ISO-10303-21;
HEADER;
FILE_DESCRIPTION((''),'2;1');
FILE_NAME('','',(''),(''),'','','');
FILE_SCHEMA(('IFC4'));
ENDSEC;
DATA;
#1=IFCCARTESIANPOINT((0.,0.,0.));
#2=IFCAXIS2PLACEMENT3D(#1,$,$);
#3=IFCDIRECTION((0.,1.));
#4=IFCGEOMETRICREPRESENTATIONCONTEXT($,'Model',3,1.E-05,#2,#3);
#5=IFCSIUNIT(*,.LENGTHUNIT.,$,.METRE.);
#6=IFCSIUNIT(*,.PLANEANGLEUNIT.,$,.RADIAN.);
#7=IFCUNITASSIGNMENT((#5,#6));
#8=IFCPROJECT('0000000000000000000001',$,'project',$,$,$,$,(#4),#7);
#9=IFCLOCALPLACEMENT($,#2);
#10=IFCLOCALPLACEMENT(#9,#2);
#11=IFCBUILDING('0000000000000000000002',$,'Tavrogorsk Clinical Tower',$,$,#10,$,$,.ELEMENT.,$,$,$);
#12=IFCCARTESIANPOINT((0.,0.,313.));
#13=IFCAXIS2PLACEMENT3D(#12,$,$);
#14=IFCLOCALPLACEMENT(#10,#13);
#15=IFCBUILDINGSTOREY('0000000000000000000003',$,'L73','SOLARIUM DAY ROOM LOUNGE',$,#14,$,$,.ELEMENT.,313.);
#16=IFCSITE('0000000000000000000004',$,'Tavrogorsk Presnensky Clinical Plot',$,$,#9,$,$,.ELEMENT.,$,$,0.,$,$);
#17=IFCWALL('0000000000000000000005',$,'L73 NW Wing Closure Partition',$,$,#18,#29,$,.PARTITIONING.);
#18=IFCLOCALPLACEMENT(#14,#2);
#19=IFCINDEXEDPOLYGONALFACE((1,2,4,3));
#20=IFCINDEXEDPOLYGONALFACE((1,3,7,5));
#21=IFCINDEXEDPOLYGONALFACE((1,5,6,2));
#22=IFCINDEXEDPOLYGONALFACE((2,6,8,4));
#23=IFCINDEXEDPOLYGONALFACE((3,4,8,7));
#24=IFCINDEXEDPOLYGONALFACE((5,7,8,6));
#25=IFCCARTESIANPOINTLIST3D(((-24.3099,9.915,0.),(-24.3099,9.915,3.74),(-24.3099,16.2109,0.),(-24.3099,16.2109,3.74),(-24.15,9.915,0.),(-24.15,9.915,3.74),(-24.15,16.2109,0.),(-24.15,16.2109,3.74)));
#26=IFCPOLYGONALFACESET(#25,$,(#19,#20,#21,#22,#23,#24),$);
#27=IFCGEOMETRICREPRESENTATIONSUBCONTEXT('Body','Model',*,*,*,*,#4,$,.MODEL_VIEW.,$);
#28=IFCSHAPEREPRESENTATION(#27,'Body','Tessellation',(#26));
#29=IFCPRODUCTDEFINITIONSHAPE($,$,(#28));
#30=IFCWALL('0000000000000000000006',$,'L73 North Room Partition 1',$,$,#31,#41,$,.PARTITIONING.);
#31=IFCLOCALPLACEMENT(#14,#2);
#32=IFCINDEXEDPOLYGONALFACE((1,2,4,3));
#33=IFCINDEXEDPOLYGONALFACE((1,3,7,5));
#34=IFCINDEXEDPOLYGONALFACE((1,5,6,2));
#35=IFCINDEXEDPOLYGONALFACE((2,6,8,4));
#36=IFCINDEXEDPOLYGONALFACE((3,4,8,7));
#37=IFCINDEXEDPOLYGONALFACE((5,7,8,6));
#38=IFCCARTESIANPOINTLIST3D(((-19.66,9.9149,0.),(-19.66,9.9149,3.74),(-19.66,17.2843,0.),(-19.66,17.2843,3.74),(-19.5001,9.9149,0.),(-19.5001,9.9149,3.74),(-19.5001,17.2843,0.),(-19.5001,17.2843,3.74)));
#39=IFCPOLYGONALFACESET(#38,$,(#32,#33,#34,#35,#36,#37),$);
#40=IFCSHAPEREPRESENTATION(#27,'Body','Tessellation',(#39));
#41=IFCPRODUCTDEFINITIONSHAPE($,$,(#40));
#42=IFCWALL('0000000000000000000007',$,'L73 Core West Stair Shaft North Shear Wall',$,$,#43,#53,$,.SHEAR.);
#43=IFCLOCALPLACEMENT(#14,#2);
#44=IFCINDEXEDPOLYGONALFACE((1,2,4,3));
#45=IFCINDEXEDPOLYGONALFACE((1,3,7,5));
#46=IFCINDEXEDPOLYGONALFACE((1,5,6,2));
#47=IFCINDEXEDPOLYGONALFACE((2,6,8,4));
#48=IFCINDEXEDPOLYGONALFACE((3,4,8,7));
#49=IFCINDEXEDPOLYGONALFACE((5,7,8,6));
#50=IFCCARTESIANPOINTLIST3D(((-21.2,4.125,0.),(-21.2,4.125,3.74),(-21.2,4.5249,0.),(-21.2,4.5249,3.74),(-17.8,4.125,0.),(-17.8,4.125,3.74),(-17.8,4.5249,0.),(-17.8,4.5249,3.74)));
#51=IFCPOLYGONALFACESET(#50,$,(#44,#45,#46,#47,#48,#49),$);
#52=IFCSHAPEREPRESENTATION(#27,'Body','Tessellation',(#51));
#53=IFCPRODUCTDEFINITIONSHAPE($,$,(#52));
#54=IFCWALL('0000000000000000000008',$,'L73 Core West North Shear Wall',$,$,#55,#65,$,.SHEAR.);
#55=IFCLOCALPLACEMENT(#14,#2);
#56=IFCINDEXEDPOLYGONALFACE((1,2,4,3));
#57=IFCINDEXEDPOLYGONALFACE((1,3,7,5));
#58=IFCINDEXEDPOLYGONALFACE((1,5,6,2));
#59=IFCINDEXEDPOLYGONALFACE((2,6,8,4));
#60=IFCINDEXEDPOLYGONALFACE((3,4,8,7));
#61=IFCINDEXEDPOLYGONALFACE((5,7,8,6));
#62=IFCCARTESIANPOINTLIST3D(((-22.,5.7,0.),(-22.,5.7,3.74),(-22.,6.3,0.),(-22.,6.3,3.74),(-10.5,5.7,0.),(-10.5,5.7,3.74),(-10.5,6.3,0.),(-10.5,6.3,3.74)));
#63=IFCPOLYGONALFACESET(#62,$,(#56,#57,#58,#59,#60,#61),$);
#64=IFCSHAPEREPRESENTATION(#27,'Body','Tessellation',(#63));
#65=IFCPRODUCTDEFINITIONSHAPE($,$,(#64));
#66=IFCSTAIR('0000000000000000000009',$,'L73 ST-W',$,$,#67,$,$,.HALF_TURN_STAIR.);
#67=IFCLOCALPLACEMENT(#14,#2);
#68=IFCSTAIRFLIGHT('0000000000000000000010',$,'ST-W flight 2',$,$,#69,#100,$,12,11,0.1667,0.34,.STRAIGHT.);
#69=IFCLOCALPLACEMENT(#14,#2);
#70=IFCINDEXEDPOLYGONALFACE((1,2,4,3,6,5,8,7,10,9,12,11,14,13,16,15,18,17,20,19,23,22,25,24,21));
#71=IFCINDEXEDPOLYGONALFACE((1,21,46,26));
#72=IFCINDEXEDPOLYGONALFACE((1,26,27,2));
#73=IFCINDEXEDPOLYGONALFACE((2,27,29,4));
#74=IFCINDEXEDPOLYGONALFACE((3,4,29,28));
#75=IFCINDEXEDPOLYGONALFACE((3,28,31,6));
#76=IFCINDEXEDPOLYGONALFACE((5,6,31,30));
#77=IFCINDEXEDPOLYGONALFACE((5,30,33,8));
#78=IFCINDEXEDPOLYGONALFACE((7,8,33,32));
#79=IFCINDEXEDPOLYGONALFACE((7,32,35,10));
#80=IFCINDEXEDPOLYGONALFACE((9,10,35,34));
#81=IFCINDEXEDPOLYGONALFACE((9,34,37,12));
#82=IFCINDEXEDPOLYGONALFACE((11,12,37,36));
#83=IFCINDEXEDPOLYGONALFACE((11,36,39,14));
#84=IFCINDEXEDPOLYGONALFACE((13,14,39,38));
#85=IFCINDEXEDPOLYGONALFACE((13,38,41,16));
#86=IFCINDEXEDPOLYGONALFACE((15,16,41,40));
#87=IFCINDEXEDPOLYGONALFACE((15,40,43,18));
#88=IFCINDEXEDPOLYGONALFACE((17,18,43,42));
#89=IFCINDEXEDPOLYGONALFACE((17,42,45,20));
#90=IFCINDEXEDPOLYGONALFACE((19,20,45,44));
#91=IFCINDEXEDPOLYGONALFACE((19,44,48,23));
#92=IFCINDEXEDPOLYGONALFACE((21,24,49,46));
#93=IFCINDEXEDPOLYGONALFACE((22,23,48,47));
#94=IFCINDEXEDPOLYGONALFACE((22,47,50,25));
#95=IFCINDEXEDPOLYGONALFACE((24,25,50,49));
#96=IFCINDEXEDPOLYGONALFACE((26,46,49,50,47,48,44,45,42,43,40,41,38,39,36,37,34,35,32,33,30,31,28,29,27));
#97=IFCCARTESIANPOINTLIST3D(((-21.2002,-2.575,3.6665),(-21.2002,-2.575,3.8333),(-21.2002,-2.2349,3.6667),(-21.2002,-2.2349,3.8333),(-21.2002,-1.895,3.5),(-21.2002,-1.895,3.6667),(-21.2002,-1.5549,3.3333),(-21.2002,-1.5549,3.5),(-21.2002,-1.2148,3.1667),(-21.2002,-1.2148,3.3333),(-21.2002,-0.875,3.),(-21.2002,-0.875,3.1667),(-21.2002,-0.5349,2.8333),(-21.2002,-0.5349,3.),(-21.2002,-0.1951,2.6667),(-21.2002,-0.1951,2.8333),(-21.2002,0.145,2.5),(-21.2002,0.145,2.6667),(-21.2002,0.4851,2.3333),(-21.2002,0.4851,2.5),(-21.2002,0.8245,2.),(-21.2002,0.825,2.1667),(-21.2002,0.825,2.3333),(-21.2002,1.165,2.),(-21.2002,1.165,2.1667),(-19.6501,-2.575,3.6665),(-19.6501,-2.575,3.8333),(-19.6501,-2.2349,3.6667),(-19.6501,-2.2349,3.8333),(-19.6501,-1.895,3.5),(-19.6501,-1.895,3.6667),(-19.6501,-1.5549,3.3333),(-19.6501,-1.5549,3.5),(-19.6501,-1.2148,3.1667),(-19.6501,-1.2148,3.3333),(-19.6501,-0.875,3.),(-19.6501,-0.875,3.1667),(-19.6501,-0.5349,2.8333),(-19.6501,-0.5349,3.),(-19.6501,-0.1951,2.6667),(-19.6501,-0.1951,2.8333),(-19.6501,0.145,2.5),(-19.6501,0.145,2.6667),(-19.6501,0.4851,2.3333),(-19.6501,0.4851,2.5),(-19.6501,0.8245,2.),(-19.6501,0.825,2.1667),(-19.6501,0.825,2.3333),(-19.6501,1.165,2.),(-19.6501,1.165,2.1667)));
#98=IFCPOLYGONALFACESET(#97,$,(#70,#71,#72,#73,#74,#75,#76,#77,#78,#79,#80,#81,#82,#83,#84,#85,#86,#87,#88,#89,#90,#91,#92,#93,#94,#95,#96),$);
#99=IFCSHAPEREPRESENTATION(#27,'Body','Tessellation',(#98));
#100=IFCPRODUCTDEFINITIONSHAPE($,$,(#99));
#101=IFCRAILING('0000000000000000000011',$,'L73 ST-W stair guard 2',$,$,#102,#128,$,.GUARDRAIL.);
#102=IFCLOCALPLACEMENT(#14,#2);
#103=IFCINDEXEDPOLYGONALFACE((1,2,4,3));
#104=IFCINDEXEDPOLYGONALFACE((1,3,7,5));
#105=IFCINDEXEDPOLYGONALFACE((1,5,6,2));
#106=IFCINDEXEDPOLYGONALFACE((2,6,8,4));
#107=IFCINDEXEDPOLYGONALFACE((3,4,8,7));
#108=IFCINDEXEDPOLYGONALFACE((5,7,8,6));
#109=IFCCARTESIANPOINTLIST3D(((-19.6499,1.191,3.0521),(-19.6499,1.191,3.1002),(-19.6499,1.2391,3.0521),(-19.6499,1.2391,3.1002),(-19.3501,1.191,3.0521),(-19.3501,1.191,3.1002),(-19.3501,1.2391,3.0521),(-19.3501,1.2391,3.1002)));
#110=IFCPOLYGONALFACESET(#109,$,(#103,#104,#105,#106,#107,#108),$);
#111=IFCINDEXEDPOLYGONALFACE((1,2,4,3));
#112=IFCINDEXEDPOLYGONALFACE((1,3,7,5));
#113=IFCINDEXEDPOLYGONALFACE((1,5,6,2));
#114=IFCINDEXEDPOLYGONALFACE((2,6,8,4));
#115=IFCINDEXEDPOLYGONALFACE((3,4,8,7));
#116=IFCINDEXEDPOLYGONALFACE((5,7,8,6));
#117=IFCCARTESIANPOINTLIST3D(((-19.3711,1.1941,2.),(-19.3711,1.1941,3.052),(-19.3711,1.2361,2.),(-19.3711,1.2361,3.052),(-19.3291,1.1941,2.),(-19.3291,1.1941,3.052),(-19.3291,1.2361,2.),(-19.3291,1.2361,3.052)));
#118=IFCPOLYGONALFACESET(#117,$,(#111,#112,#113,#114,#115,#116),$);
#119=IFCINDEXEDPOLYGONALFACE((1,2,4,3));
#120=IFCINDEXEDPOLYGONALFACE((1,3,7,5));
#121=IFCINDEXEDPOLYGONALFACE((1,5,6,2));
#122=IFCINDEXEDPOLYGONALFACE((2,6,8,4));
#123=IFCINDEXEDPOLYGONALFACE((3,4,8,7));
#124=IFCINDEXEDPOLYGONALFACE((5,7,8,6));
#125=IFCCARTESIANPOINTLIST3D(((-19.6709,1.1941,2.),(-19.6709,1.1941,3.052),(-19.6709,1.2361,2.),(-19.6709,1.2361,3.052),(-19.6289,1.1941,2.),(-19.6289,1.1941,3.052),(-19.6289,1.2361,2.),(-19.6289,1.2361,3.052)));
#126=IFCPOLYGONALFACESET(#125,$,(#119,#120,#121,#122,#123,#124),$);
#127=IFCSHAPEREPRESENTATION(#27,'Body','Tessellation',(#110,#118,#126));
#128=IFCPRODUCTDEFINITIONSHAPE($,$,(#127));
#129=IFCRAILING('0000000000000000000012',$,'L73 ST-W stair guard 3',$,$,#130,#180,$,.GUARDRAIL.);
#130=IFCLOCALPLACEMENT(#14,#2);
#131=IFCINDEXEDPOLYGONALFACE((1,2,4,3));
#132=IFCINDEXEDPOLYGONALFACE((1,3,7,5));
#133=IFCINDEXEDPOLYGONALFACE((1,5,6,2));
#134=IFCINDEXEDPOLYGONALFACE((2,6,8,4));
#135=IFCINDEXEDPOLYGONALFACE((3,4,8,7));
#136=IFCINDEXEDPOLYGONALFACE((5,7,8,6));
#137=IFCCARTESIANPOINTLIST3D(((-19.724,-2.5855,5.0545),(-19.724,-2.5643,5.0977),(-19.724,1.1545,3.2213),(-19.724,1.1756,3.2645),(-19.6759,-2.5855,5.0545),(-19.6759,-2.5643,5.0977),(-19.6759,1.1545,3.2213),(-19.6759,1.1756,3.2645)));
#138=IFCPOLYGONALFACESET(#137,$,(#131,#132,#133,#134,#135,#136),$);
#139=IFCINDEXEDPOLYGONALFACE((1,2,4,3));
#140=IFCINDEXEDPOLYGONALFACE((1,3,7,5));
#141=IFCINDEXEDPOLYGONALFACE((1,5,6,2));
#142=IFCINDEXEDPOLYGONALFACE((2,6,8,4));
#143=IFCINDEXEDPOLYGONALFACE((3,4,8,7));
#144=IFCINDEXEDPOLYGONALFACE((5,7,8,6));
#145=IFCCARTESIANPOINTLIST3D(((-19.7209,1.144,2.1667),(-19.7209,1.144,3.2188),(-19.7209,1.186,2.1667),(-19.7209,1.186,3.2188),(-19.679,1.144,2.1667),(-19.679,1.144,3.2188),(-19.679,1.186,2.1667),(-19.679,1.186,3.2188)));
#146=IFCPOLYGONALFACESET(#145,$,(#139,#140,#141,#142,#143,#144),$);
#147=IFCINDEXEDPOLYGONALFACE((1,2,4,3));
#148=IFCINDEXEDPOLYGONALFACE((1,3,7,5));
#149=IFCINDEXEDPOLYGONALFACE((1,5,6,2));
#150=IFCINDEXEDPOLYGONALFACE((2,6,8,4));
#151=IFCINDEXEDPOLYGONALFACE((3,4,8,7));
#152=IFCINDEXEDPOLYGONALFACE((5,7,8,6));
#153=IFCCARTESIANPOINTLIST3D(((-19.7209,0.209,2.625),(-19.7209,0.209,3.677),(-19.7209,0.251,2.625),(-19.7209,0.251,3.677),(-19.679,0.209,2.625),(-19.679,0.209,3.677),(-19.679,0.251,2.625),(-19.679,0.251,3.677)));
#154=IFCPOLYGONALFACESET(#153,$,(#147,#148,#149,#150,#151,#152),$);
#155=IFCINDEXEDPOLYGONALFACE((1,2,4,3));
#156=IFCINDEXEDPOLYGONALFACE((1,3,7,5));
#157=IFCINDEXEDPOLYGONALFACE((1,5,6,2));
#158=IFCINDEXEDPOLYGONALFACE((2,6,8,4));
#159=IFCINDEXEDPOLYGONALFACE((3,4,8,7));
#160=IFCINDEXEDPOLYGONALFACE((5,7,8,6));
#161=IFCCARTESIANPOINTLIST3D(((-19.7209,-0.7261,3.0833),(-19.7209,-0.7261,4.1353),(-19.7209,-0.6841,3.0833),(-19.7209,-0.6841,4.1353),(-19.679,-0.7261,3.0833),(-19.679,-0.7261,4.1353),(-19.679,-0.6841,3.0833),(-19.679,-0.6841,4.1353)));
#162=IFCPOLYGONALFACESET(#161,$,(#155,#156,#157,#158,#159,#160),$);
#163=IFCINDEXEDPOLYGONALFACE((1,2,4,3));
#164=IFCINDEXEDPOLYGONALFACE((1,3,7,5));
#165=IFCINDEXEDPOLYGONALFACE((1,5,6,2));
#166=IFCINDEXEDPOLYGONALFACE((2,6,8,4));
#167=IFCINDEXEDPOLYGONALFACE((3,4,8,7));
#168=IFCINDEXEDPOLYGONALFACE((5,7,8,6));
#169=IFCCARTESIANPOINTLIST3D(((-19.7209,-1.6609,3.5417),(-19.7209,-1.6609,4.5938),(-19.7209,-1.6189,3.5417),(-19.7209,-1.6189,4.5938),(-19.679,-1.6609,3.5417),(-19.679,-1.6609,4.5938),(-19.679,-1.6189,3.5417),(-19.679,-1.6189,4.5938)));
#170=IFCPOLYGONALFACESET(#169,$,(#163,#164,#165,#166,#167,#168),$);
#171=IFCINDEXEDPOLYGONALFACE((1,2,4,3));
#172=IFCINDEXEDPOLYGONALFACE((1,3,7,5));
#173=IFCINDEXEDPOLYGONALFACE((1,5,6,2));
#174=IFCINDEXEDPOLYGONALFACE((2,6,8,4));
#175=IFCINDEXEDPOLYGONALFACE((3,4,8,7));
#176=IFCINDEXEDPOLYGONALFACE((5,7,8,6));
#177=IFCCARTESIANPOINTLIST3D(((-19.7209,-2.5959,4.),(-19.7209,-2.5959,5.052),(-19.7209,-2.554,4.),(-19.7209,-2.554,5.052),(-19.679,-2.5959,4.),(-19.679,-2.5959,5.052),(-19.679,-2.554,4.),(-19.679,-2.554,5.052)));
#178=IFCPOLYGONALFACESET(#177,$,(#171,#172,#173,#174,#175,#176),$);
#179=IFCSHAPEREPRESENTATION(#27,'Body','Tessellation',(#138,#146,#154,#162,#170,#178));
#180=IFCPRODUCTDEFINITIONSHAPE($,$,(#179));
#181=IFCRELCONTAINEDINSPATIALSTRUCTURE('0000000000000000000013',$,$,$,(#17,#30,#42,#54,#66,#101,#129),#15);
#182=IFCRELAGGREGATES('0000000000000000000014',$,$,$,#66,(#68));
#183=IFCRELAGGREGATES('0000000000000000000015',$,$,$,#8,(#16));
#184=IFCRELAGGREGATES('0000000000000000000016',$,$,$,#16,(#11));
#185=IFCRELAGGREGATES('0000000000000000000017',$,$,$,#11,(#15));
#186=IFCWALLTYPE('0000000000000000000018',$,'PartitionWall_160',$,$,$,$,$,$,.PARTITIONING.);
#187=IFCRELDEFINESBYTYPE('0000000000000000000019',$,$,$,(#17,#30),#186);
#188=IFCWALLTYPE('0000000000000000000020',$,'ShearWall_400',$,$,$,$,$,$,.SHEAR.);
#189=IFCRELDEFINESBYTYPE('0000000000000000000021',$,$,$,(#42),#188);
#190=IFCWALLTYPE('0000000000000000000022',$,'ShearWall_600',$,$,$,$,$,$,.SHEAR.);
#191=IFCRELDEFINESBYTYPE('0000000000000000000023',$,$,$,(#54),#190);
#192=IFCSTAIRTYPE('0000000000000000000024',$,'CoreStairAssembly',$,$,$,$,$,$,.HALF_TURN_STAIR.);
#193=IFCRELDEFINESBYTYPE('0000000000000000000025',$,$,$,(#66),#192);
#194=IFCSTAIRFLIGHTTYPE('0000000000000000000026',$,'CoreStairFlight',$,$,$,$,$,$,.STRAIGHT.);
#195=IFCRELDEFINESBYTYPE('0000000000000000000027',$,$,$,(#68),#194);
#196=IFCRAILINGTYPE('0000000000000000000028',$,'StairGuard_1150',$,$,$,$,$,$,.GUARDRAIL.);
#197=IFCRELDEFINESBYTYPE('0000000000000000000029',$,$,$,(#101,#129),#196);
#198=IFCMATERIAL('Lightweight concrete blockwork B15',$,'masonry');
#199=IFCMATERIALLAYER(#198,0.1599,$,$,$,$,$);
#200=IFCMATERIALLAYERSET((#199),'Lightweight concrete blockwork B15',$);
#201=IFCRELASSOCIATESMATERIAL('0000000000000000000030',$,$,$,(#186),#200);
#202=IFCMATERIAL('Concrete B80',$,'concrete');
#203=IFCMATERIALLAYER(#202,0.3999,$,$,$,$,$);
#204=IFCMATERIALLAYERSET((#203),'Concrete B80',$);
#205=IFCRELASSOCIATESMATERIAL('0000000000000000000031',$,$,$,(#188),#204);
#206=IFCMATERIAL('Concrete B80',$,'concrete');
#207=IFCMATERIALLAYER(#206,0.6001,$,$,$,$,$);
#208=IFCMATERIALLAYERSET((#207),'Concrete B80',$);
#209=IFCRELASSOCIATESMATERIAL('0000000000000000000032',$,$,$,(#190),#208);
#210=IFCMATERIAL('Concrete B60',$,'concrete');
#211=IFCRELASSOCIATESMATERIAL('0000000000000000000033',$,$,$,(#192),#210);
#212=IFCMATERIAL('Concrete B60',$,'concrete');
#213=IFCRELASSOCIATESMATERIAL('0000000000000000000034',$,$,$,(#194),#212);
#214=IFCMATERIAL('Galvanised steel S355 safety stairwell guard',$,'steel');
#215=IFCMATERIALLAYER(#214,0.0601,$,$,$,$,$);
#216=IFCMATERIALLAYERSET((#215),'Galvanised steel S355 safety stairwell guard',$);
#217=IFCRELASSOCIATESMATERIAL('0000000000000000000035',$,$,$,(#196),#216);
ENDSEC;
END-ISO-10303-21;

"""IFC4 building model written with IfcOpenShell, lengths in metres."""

from ifc_helpers import new_model, si_unit, direction, frame, frame_2d, origin, origin_2d, place, context, subcontext, project, spatial, polyline, rectangle, outline, extrude, material, layer, layer_set, type_object, element, aggregate, save


model = new_model("IFC4")

# Units and contexts
model_context = context("Model", 3, precision=1e-05, world=origin(), true_north=direction((0.0, 1.0)))
body_context = subcontext(model_context, "Body", "Model", "MODEL_VIEW")
ifc_project = project(units=[si_unit("LENGTHUNIT", "METRE"), si_unit("PLANEANGLEUNIT", "RADIAN")], contexts=[model_context])

# Site, building, storey
site_placement = place(None, origin())
site = spatial("IfcSite", under=ifc_project, at=site_placement, Name="Tavrogorsk Presnensky Clinical Plot", CompositionType="ELEMENT", RefElevation=0.0)
building_placement = place(site_placement, origin())
building = spatial("IfcBuilding", under=site, at=building_placement, Name="Tavrogorsk Clinical Tower", CompositionType="ELEMENT")
storey_placement = place(building_placement, frame((0.0, 0.0, 313.0)))
storey = spatial("IfcBuildingStorey", under=building, at=storey_placement, Name="L73", Description="SOLARIUM DAY ROOM LOUNGE", CompositionType="ELEMENT", Elevation=313.0)

# Shared definitions
ifc_material_1 = material(Name="Lightweight concrete blockwork B15", Category="masonry")
ifc_layer_1 = layer(ifc_material_1, 0.1599)
ifc_layer_set_1 = layer_set([ifc_layer_1], Name="Lightweight concrete blockwork B15")
wall_type_1 = type_object("IfcWallType", Name="PartitionWall_160", PredefinedType="PARTITIONING", material=ifc_layer_set_1)

# Walls
wall_1_placement = place(storey_placement, frame((-24.23, 9.915, 0.0), z_axis=(0.0, 0.0, 1.0), x_axis=(0.0, 1.0, 0.0)))
element("IfcWall", 1, at=wall_1_placement, inside=storey, type_object=wall_type_1, Name="L73 NW Wing Closure Partition", PredefinedType="PARTITIONING", context=body_context, shape_type="SweptSolid", body=[
    extrude(rectangle(XDim=6.2959, YDim=0.1599, at=frame_2d((3.1479, 0.0))), origin(), (0.0, 0.0, 1.0), 3.74),
])
wall_2_placement = place(storey_placement, frame((-19.5801, 9.915, 0.0), z_axis=(0.0, 0.0, 1.0), x_axis=(0.0, 1.0, 0.0)))
element("IfcWall", 2, at=wall_2_placement, inside=storey, type_object=wall_type_1, Name="L73 North Room Partition 1", PredefinedType="PARTITIONING", context=body_context, shape_type="SweptSolid", body=[
    extrude(rectangle(XDim=7.3694, YDim=0.1599, at=frame_2d((3.6846, 0.0))), origin(), (0.0, 0.0, 1.0), 3.74),
])
ifc_material_2 = material(Name="Concrete B80", Category="concrete")
ifc_layer_2 = layer(ifc_material_2, 0.3999)
ifc_layer_set_2 = layer_set([ifc_layer_2], Name="Concrete B80")
wall_type_2 = type_object("IfcWallType", Name="ShearWall_400", PredefinedType="SHEAR", material=ifc_layer_set_2)
wall_3_placement = place(storey_placement, frame((-21.2, 4.325, 0.0), z_axis=(0.0, 0.0, 1.0), x_axis=(1.0, 0.0, 0.0)))
element("IfcWall", 3, at=wall_3_placement, inside=storey, type_object=wall_type_2, Name="L73 Core West Stair Shaft North Shear Wall", PredefinedType="SHEAR", context=body_context, shape_type="SweptSolid", body=[
    extrude(rectangle(XDim=3.3999, YDim=0.3999, at=frame_2d((1.7, 0.0))), origin(), (0.0, 0.0, 1.0), 3.74),
])
ifc_material_3 = material(Name="Concrete B80", Category="concrete")
ifc_layer_3 = layer(ifc_material_3, 0.6001)
ifc_layer_set_3 = layer_set([ifc_layer_3], Name="Concrete B80")
wall_type_3 = type_object("IfcWallType", Name="ShearWall_600", PredefinedType="SHEAR", material=ifc_layer_set_3)
wall_4_placement = place(storey_placement, frame((-22.0, 6.0, 0.0), z_axis=(0.0, 0.0, 1.0), x_axis=(1.0, 0.0, 0.0)))
element("IfcWall", 4, at=wall_4_placement, inside=storey, type_object=wall_type_3, Name="L73 Core West North Shear Wall", PredefinedType="SHEAR", context=body_context, shape_type="SweptSolid", body=[
    extrude(rectangle(XDim=11.5, YDim=0.6001, at=frame_2d((5.75, 0.0))), origin(), (0.0, 0.0, 1.0), 3.74),
])

# Stair, stair flight
ifc_material_4 = material(Name="Concrete B60", Category="concrete")
stair_type = type_object("IfcStairType", Name="CoreStairAssembly", PredefinedType="HALF_TURN_STAIR", material=ifc_material_4)
stair_placement = place(storey_placement, origin())
stair = element("IfcStair", 5, at=stair_placement, inside=storey, type_object=stair_type, Name="L73 ST-W", PredefinedType="HALF_TURN_STAIR")
ifc_material_5 = material(Name="Concrete B60", Category="concrete")
stair_flight_type = type_object("IfcStairFlightType", Name="CoreStairFlight", PredefinedType="STRAIGHT", material=ifc_material_5)
stair_flight_placement = place(storey_placement, frame((-20.425, 1.165, 2.0), z_axis=(0.0, 0.0, 1.0), x_axis=(0.0, -1.0, 0.0)))
stair_flight = element("IfcStairFlight", 6, at=stair_flight_placement, type_object=stair_flight_type, Name="ST-W flight 2", NumberOfRisers=12, NumberOfTreads=11, PredefinedType="STRAIGHT", RiserHeight=0.1667, TreadLength=0.34, context=body_context, shape_type="SweptSolid", body=[
    extrude(outline(polyline([(0.0, 0.0), (0.0, 0.1667), (0.3401, 0.1667), (0.3401, 0.3333), (0.6799, 0.3333), (0.6799, 0.5), (1.02, 0.5), (1.02, 0.6667), (1.3601, 0.6667), (1.3601, 0.8333), (1.7, 0.8333), (1.7, 1.0), (2.04, 1.0), (2.04, 1.1667), (2.3799, 1.1667), (2.3799, 1.3333), (2.72, 1.3333), (2.72, 1.5), (3.0601, 1.5), (3.0601, 1.6667), (3.3999, 1.6667), (3.3999, 1.8333), (3.74, 1.8333), (3.74, 2.0), (3.74, 1.6665), (0.3406, 0.0), (0.0, 0.0)])), frame((0.0, 0.7749, 0.0), z_axis=(0.0, -1.0, 0.0), x_axis=(1.0, 0.0, 0.0)), (0.0, 0.0, 1.0), 1.55),
])
aggregate(stair, [stair_flight])

# Railings
ifc_material_6 = material(Name="Galvanised steel S355 safety stairwell guard", Category="steel")
ifc_layer_4 = layer(ifc_material_6, 0.0601)
ifc_layer_set_4 = layer_set([ifc_layer_4], Name="Galvanised steel S355 safety stairwell guard")
railing_type_1 = type_object("IfcRailingType", Name="StairGuard_1150", PredefinedType="GUARDRAIL", material=ifc_layer_set_4)
railing_1_placement = place(storey_placement, frame((-19.3501, 1.2151, 2.0)))
element("IfcRailing", 7, at=railing_1_placement, inside=storey, type_object=railing_type_1, Name="L73 ST-W stair guard 2", PredefinedType="GUARDRAIL", context=body_context, shape_type="SweptSolid", body=[
    extrude(rectangle(XDim=0.0481, YDim=0.0481, at=origin_2d()), frame((0.0, 0.0, 1.0762), z_axis=(-1.0, 0.0, 0.0), x_axis=(0.0, -1.0, 0.0)), (0.0, 0.0, 1.0), 0.2998),
    extrude(rectangle(XDim=0.042, YDim=0.042, at=origin_2d()), origin(), (0.0, 0.0, 1.0), 1.052),
    extrude(rectangle(XDim=0.042, YDim=0.042, at=origin_2d()), frame((-0.2998, 0.0, 0.0)), (0.0, 0.0, 1.0), 1.052),
])
railing_2_placement = place(storey_placement, frame((-19.7, 1.165, 2.1667)))
element("IfcRailing", 8, at=railing_2_placement, inside=storey, type_object=railing_type_1, Name="L73 ST-W stair guard 3", PredefinedType="GUARDRAIL", context=body_context, shape_type="SweptSolid", body=[
    extrude(rectangle(XDim=0.0481, YDim=0.0481, at=origin_2d()), frame((0.0, 0.0, 1.0762), z_axis=(0.0, -0.897928, 0.440142), x_axis=(1.0, 0.0, 0.0)), (0.0, 0.0, 1.0), 4.165),
    extrude(rectangle(XDim=0.042, YDim=0.042, at=origin_2d()), origin(), (0.0, 0.0, 1.0), 1.052),
    extrude(rectangle(XDim=0.042, YDim=0.042, at=origin_2d()), frame((0.0, -0.9351, 0.4583)), (0.0, 0.0, 1.0), 1.052),
    extrude(rectangle(XDim=0.042, YDim=0.042, at=origin_2d()), frame((0.0, -1.8701, 0.9165)), (0.0, 0.0, 1.0), 1.052),
    extrude(rectangle(XDim=0.042, YDim=0.042, at=origin_2d()), frame((0.0, -2.8049, 1.375)), (0.0, 0.0, 1.0), 1.052),
    extrude(rectangle(XDim=0.042, YDim=0.042, at=origin_2d()), frame((0.0, -3.74, 1.8333)), (0.0, 0.0, 1.0), 1.052),
])

save(model, "model.ifc")
